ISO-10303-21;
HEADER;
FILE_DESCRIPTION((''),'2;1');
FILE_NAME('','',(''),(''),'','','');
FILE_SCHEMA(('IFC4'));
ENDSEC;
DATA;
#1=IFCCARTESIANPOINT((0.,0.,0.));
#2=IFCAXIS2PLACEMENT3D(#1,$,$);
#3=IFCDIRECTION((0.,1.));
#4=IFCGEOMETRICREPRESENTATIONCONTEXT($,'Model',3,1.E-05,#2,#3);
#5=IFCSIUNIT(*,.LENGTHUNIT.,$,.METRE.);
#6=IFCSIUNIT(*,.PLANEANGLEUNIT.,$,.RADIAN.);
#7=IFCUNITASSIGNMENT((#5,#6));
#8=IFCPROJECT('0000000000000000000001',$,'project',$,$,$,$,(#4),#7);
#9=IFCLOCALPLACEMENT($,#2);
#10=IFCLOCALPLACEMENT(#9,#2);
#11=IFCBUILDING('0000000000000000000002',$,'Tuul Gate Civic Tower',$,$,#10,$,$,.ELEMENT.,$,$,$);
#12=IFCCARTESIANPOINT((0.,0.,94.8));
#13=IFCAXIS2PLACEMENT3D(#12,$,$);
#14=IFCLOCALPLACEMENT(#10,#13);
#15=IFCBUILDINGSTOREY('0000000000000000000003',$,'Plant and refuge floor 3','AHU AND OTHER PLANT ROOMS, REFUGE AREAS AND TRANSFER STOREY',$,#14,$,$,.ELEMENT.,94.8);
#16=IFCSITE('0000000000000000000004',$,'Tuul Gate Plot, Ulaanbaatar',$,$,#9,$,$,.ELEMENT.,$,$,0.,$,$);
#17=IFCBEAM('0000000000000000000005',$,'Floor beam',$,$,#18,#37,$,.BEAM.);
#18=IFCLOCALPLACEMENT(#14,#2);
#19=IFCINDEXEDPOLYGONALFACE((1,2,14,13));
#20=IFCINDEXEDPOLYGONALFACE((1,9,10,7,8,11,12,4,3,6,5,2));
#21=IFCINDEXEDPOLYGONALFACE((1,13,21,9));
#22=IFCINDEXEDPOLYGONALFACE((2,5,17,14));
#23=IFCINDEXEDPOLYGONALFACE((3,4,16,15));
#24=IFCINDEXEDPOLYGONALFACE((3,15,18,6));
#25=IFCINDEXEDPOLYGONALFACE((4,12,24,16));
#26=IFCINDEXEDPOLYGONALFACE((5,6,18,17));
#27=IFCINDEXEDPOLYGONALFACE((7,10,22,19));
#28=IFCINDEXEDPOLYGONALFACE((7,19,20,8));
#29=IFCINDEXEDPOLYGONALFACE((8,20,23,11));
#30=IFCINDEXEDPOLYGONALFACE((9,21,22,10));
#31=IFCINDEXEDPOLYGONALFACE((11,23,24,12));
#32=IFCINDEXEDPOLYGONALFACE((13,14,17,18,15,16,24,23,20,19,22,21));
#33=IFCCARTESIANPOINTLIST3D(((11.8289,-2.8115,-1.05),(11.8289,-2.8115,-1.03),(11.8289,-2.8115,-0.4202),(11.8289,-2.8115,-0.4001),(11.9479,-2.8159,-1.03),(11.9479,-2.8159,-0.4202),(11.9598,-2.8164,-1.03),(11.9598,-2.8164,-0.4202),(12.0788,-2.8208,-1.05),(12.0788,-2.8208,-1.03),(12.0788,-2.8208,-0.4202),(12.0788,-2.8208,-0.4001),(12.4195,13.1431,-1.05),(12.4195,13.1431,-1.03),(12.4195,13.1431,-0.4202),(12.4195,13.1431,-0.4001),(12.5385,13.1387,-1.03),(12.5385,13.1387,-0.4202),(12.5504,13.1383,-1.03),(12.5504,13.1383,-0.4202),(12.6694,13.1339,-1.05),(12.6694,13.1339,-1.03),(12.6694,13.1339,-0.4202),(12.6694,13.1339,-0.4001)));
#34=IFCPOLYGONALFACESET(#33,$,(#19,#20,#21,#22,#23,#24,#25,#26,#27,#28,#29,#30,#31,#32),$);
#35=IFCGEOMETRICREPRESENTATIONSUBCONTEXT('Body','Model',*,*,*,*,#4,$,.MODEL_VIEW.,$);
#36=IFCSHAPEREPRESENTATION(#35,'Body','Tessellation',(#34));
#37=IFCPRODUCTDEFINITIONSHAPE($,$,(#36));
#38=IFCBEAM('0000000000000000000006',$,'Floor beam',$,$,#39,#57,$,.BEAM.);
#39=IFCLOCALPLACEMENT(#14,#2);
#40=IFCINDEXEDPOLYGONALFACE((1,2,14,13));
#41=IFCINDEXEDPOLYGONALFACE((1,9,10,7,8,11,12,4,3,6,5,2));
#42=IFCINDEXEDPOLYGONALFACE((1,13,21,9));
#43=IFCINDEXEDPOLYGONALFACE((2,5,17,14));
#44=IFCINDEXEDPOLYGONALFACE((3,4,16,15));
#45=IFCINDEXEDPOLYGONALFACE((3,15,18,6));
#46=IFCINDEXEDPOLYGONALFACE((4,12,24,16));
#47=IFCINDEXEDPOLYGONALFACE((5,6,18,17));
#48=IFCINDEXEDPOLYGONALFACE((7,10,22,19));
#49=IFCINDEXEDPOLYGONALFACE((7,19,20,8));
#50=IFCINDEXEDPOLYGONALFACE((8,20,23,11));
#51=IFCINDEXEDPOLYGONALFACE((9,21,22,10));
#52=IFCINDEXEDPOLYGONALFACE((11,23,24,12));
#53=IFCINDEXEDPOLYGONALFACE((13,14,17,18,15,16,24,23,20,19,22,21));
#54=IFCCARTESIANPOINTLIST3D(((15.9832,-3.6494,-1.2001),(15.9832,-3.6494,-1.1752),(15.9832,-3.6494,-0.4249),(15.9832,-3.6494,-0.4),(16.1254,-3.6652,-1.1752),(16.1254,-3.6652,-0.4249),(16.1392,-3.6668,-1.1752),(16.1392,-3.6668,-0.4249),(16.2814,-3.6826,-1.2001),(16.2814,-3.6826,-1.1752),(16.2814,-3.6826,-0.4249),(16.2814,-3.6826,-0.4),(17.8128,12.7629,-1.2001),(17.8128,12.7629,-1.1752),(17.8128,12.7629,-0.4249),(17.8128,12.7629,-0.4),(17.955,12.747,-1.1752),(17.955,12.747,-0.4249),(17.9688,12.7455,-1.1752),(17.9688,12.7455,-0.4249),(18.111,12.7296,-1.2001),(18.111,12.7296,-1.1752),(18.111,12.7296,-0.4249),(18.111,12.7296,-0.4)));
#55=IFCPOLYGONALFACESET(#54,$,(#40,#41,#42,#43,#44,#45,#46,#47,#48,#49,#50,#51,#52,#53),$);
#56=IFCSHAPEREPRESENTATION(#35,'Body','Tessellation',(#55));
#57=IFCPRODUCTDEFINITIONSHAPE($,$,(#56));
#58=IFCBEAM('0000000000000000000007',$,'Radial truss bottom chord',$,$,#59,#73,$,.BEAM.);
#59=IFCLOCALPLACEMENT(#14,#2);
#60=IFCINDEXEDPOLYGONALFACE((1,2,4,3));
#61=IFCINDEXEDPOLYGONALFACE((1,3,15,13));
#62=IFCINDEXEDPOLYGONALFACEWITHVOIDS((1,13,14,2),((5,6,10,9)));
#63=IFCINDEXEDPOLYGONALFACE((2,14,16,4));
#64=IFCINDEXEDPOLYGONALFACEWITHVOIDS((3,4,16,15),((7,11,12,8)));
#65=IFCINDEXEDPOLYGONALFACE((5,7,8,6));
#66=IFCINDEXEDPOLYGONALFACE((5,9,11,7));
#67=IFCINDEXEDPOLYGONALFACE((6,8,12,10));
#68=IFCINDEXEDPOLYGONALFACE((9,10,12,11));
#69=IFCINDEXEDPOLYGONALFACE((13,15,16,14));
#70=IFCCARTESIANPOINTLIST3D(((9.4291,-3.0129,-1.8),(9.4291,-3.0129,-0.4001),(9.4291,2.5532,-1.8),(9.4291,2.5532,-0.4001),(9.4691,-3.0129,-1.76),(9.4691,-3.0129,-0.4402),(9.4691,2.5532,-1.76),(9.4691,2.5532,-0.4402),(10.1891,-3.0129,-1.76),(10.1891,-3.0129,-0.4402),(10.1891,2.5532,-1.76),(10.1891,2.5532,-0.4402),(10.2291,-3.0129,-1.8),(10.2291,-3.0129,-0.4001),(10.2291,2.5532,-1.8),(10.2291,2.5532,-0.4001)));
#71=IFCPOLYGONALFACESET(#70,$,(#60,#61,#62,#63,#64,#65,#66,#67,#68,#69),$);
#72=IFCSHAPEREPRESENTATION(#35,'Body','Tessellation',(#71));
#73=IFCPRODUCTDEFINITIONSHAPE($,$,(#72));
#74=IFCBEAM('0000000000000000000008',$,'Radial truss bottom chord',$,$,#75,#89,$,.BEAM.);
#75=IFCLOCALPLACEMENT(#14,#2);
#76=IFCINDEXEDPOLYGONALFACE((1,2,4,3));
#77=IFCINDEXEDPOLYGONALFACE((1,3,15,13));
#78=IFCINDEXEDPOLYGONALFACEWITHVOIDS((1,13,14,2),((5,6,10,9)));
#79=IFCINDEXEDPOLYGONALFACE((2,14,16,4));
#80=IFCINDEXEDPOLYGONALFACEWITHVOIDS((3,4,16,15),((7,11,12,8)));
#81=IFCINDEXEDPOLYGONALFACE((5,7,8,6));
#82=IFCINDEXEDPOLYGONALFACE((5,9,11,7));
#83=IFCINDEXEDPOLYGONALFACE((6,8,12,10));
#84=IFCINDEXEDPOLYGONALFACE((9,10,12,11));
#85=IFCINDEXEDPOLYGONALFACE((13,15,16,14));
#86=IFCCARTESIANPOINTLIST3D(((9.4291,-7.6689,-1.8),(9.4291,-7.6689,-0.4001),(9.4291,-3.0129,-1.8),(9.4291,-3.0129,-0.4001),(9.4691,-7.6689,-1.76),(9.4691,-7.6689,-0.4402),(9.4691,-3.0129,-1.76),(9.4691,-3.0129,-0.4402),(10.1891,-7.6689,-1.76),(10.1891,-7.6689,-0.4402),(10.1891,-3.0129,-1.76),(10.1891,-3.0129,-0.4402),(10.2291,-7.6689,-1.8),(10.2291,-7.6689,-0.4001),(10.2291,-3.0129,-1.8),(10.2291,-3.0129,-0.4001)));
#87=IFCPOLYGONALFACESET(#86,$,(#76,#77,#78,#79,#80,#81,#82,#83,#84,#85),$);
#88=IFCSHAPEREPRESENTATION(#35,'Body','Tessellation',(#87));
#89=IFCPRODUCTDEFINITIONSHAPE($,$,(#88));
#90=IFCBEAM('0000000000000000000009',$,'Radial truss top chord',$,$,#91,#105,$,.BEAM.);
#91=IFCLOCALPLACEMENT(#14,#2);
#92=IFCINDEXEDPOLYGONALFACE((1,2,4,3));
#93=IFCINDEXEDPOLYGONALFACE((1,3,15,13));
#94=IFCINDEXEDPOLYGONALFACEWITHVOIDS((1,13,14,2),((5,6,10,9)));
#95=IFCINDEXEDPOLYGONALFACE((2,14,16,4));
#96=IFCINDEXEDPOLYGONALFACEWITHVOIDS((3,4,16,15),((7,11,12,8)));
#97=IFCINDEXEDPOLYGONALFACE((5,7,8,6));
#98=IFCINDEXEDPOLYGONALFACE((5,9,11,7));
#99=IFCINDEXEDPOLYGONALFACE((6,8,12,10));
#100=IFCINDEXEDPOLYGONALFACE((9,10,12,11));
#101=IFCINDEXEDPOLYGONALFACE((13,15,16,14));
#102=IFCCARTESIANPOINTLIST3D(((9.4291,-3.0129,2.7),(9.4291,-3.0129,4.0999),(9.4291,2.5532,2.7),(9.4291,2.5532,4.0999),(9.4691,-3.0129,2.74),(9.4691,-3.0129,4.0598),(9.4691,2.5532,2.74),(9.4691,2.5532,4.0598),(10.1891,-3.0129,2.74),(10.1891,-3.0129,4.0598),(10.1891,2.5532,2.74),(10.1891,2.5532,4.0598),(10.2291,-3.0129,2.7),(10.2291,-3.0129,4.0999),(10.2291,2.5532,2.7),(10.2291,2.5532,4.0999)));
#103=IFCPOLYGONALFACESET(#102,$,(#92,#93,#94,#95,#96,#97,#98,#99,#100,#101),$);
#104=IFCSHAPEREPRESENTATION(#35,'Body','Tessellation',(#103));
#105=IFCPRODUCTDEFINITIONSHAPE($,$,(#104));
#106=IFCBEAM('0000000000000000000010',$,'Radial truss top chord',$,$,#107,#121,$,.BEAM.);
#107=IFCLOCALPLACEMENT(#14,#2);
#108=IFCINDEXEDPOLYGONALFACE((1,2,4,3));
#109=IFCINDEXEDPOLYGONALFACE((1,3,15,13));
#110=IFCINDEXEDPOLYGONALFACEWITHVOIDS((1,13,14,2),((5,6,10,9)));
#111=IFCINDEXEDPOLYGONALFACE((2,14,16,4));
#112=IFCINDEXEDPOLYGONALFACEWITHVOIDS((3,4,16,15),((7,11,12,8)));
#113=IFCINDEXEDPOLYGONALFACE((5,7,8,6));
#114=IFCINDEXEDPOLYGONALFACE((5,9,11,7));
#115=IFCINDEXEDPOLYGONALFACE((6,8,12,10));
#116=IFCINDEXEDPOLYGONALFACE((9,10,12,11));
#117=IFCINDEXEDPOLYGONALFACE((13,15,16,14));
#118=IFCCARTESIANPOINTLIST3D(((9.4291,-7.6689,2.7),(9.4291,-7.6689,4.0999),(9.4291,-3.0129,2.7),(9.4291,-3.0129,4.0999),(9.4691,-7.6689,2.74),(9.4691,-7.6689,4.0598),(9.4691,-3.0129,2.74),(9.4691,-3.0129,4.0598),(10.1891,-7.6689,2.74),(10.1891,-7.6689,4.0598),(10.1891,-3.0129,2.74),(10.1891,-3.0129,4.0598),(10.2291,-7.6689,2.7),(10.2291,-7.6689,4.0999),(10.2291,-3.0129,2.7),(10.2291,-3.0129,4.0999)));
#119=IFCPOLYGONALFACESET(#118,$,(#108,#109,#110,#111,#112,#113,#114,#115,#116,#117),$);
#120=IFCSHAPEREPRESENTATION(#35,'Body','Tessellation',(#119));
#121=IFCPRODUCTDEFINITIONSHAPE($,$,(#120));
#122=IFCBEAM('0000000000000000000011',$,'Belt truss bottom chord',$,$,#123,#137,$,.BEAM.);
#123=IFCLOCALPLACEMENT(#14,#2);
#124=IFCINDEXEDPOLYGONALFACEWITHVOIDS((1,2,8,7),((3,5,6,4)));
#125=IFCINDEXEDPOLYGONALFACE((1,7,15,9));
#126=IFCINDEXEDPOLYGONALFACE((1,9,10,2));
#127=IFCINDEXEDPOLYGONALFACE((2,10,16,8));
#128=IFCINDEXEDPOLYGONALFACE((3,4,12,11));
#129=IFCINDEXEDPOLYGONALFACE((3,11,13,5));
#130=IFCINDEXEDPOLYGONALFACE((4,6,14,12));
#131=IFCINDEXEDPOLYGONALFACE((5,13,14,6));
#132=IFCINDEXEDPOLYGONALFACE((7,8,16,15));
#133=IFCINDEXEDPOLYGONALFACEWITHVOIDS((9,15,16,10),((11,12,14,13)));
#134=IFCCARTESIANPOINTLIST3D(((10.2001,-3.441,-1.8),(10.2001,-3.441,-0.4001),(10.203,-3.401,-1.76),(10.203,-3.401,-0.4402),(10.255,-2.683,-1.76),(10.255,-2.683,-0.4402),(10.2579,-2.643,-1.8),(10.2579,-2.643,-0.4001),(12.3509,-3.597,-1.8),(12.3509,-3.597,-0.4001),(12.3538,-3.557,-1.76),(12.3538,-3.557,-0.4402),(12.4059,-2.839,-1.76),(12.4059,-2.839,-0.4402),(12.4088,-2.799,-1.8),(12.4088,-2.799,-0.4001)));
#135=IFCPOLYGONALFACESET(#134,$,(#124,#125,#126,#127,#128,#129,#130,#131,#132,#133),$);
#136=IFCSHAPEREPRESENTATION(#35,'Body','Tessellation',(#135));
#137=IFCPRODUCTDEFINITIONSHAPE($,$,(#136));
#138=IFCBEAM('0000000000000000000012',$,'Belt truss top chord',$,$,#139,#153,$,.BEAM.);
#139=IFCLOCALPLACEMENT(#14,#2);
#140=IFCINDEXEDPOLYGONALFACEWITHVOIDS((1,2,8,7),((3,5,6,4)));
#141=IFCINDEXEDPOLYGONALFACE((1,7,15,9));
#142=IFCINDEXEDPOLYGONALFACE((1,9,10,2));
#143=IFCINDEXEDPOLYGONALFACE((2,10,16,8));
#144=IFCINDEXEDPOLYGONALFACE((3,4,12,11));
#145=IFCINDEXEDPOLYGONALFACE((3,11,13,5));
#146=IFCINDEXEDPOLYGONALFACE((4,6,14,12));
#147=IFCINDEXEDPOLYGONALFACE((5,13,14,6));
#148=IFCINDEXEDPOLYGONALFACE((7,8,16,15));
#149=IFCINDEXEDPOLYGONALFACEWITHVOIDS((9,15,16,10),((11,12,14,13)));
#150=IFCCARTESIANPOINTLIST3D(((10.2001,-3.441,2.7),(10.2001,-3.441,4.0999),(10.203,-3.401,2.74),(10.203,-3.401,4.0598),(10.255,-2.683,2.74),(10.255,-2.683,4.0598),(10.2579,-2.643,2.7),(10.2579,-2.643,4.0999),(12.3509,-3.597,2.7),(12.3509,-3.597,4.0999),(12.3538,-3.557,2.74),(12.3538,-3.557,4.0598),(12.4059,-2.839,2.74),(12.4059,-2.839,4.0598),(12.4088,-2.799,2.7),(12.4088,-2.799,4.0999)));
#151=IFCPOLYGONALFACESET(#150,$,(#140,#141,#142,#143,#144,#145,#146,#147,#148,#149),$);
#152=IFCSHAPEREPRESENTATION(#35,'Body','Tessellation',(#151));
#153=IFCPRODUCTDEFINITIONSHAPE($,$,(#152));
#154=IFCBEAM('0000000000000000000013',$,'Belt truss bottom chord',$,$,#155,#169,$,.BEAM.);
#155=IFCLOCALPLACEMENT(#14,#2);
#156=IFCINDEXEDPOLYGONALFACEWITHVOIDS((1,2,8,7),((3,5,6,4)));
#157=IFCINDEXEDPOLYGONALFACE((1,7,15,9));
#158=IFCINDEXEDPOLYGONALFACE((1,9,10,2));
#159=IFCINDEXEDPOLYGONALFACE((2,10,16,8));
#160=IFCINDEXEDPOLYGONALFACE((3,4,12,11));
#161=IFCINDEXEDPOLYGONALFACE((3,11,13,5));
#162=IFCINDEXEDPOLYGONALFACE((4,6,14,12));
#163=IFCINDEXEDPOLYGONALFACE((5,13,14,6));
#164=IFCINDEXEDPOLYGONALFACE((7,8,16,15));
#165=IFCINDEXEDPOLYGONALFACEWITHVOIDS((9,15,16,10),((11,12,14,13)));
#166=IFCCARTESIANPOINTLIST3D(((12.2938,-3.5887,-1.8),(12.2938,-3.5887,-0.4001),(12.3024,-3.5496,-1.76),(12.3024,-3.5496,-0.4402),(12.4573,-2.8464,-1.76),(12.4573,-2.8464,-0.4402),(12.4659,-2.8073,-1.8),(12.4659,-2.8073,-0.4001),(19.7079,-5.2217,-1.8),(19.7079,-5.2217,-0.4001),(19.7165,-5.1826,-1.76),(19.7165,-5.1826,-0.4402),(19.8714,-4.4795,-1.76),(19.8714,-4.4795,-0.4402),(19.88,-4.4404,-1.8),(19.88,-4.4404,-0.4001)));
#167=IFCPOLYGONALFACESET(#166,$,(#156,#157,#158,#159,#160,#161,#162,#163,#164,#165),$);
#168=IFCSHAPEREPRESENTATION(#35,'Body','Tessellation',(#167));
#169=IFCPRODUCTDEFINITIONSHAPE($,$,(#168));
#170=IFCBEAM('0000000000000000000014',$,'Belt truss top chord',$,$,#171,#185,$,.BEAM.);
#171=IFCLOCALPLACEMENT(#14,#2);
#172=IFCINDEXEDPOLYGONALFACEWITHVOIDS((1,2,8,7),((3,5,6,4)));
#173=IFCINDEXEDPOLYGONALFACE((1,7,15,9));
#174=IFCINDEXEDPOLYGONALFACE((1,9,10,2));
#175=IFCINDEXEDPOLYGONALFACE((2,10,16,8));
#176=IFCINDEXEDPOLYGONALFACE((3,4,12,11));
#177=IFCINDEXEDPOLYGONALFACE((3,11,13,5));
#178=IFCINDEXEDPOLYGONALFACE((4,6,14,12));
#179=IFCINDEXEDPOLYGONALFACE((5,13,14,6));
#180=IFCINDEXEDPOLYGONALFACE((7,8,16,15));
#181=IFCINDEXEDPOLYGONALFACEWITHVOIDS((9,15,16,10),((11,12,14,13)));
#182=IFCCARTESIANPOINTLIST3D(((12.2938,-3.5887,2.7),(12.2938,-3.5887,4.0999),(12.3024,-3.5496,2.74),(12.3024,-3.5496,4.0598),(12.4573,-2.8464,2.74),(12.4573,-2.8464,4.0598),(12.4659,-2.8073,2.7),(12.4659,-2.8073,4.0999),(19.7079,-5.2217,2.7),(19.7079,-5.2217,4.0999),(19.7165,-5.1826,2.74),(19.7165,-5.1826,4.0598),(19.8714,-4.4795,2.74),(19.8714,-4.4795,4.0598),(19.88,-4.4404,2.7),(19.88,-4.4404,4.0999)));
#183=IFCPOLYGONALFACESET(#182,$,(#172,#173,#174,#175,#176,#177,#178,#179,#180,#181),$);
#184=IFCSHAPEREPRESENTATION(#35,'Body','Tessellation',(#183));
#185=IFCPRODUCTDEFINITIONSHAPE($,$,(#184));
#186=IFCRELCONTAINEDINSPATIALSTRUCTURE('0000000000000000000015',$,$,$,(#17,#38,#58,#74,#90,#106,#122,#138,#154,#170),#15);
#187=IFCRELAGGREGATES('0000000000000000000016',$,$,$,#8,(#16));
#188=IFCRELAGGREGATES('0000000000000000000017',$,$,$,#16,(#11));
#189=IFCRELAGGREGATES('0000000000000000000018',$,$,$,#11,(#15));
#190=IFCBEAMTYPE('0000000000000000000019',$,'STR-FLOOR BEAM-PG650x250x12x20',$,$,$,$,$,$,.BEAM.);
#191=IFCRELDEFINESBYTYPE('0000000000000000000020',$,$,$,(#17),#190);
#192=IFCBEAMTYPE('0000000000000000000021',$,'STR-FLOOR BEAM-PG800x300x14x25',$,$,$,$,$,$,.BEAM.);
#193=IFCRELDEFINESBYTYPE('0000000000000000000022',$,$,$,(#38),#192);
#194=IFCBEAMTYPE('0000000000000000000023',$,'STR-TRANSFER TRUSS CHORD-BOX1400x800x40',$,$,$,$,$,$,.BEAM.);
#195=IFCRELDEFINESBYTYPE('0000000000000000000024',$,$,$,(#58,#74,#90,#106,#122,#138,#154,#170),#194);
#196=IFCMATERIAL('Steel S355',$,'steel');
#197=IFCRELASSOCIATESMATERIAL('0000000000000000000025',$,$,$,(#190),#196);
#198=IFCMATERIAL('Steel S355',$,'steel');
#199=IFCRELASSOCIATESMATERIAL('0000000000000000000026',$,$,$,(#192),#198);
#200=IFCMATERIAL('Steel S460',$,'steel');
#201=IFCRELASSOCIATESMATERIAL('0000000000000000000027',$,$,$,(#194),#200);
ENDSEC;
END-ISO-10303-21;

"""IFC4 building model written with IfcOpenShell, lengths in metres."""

from ifc_helpers import new_model, si_unit, direction, frame, origin, origin_2d, place, context, subcontext, project, spatial, hollow_rectangle, i_section, extrude, material, material_profile, profile_set, type_object, element, save


model = new_model("IFC4")

# Units and contexts
model_context = context("Model", 3, precision=1e-05, world=origin(), true_north=direction((0.0, 1.0)))
body_context = subcontext(model_context, "Body", "Model", "MODEL_VIEW")
ifc_project = project(units=[si_unit("LENGTHUNIT", "METRE"), si_unit("PLANEANGLEUNIT", "RADIAN")], contexts=[model_context])

# Site, building, storey
site_placement = place(None, origin())
site = spatial("IfcSite", under=ifc_project, at=site_placement, Name="Tuul Gate Plot, Ulaanbaatar", CompositionType="ELEMENT", RefElevation=0.0)
building_placement = place(site_placement, origin())
building = spatial("IfcBuilding", under=site, at=building_placement, Name="Tuul Gate Civic Tower", CompositionType="ELEMENT")
storey_placement = place(building_placement, frame((0.0, 0.0, 94.8)))
storey = spatial("IfcBuildingStorey", under=building, at=storey_placement, Name="Plant and refuge floor 3", Description="AHU AND OTHER PLANT ROOMS, REFUGE AREAS AND TRANSFER STOREY", CompositionType="ELEMENT", Elevation=94.8)

# Beams
ifc_material_1 = material(Name="Steel S355", Category="steel")
ifc_material_profile_1 = material_profile(ifc_material_1, i_section(OverallWidth=0.25, OverallDepth=0.6499, WebThickness=0.012, FlangeThickness=0.02, at=origin_2d()), Name="PG650x250x12x20")
ifc_profile_set_1 = profile_set([ifc_material_profile_1], Name="Steel S355")
beam_type_1 = type_object("IfcBeamType", Name="STR-FLOOR BEAM-PG650x250x12x20", PredefinedType="BEAM", material=ifc_profile_set_1)
beam_1_placement = place(storey_placement, frame((11.9539, -2.8162, -0.7251), z_axis=(0.036991, 0.999316, 0.0), x_axis=(-0.999316, 0.036991, 0.0)))
element("IfcBeam", 1, at=beam_1_placement, inside=storey, type_object=beam_type_1, Name="Floor beam", PredefinedType="BEAM", context=body_context, shape_type="SweptSolid", body=[
    extrude(i_section(OverallWidth=0.25, OverallDepth=0.6499, WebThickness=0.012, FlangeThickness=0.02, at=origin_2d()), origin(), (0.0, 0.0, 1.0), 15.9656),
])
ifc_material_2 = material(Name="Steel S355", Category="steel")
ifc_material_profile_2 = material_profile(ifc_material_2, i_section(OverallWidth=0.3, OverallDepth=0.8, WebThickness=0.0139, FlangeThickness=0.0249, at=origin_2d()), Name="PG800x300x14x25")
ifc_profile_set_2 = profile_set([ifc_material_profile_2], Name="Steel S355")
beam_type_2 = type_object("IfcBeamType", Name="STR-FLOOR BEAM-PG800x300x14x25", PredefinedType="BEAM", material=ifc_profile_set_2)
beam_2_placement = place(storey_placement, frame((16.1323, -3.666, -0.8), z_axis=(0.11079, 0.993844, 0.0), x_axis=(-0.993844, 0.11079, 0.0)))
element("IfcBeam", 2, at=beam_2_placement, inside=storey, type_object=beam_type_2, Name="Floor beam", PredefinedType="BEAM", context=body_context, shape_type="SweptSolid", body=[
    extrude(i_section(OverallWidth=0.3, OverallDepth=0.8, WebThickness=0.0139, FlangeThickness=0.0249, at=origin_2d()), origin(), (0.0, 0.0, 1.0), 16.5139),
])
ifc_material_3 = material(Name="Steel S460", Category="steel")
ifc_material_profile_3 = material_profile(ifc_material_3, hollow_rectangle(XDim=0.8, YDim=1.3999, WallThickness=0.04, at=origin_2d()), Name="BOX1400x800x40")
ifc_profile_set_3 = profile_set([ifc_material_profile_3], Name="Steel S460")
beam_type_3 = type_object("IfcBeamType", Name="STR-TRANSFER TRUSS CHORD-BOX1400x800x40", PredefinedType="BEAM", material=ifc_profile_set_3)
beam_3_placement = place(storey_placement, frame((9.8291, 2.5532, -1.1001), z_axis=(0.0, -1.0, 0.0), x_axis=(1.0, 0.0, 0.0)))
element("IfcBeam", 3, at=beam_3_placement, inside=storey, type_object=beam_type_3, Name="Radial truss bottom chord", PredefinedType="BEAM", context=body_context, shape_type="SweptSolid", body=[
    extrude(hollow_rectangle(XDim=0.8, YDim=1.3999, WallThickness=0.04, at=origin_2d()), origin(), (0.0, 0.0, 1.0), 5.5662),
])
beam_4_placement = place(storey_placement, frame((9.8291, -3.0129, -1.1001), z_axis=(0.0, -1.0, 0.0), x_axis=(1.0, 0.0, 0.0)))
element("IfcBeam", 4, at=beam_4_placement, inside=storey, type_object=beam_type_3, Name="Radial truss bottom chord", PredefinedType="BEAM", context=body_context, shape_type="SweptSolid", body=[
    extrude(hollow_rectangle(XDim=0.8, YDim=1.3999, WallThickness=0.04, at=origin_2d()), origin(), (0.0, 0.0, 1.0), 4.656),
])
beam_5_placement = place(storey_placement, frame((9.8291, 2.5532, 3.3999), z_axis=(0.0, -1.0, 0.0), x_axis=(1.0, 0.0, 0.0)))
element("IfcBeam", 5, at=beam_5_placement, inside=storey, type_object=beam_type_3, Name="Radial truss top chord", PredefinedType="BEAM", context=body_context, shape_type="SweptSolid", body=[
    extrude(hollow_rectangle(XDim=0.8, YDim=1.3999, WallThickness=0.04, at=origin_2d()), origin(), (0.0, 0.0, 1.0), 5.5662),
])
beam_6_placement = place(storey_placement, frame((9.8291, -3.0129, 3.3999), z_axis=(0.0, -1.0, 0.0), x_axis=(1.0, 0.0, 0.0)))
element("IfcBeam", 6, at=beam_6_placement, inside=storey, type_object=beam_type_3, Name="Radial truss top chord", PredefinedType="BEAM", context=body_context, shape_type="SweptSolid", body=[
    extrude(hollow_rectangle(XDim=0.8, YDim=1.3999, WallThickness=0.04, at=origin_2d()), origin(), (0.0, 0.0, 1.0), 4.656),
])
for number, where, z_axis, x_axis, name in (
    (7, (10.229, -3.042, -1.1001), (0.99738, -0.072341, 0.0), (0.072341, 0.99738, 0.0), "Belt truss bottom chord"),
    (8, (10.229, -3.042, 3.3999), (0.99738, -0.072341, 0.0), (0.072341, 0.99738, 0.0), "Belt truss top chord"),
):
    element("IfcBeam", number, at=place(storey_placement, frame(where, z_axis=z_axis, x_axis=x_axis)), inside=storey, type_object=beam_type_3, Name=name, PredefinedType="BEAM", context=body_context, shape_type="SweptSolid", body=[
        extrude(hollow_rectangle(XDim=0.8, YDim=1.3999, WallThickness=0.04, at=origin_2d()), origin(), (0.0, 0.0, 1.0), 2.1565),
    ])
for number, where, z_axis, x_axis, name in (
    (9, (12.3799, -3.198, -1.1001), (0.97659, -0.215108, 0.0), (0.215108, 0.97659, 0.0), "Belt truss bottom chord"),
    (10, (12.3799, -3.198, 3.3999), (0.97659, -0.215108, 0.0), (0.215108, 0.97659, 0.0), "Belt truss top chord"),
):
    element("IfcBeam", number, at=place(storey_placement, frame(where, z_axis=z_axis, x_axis=x_axis)), inside=storey, type_object=beam_type_3, Name=name, PredefinedType="BEAM", context=body_context, shape_type="SweptSolid", body=[
        extrude(hollow_rectangle(XDim=0.8, YDim=1.3999, WallThickness=0.04, at=origin_2d()), origin(), (0.0, 0.0, 1.0), 7.5918),
    ])

save(model, "model.ifc")
